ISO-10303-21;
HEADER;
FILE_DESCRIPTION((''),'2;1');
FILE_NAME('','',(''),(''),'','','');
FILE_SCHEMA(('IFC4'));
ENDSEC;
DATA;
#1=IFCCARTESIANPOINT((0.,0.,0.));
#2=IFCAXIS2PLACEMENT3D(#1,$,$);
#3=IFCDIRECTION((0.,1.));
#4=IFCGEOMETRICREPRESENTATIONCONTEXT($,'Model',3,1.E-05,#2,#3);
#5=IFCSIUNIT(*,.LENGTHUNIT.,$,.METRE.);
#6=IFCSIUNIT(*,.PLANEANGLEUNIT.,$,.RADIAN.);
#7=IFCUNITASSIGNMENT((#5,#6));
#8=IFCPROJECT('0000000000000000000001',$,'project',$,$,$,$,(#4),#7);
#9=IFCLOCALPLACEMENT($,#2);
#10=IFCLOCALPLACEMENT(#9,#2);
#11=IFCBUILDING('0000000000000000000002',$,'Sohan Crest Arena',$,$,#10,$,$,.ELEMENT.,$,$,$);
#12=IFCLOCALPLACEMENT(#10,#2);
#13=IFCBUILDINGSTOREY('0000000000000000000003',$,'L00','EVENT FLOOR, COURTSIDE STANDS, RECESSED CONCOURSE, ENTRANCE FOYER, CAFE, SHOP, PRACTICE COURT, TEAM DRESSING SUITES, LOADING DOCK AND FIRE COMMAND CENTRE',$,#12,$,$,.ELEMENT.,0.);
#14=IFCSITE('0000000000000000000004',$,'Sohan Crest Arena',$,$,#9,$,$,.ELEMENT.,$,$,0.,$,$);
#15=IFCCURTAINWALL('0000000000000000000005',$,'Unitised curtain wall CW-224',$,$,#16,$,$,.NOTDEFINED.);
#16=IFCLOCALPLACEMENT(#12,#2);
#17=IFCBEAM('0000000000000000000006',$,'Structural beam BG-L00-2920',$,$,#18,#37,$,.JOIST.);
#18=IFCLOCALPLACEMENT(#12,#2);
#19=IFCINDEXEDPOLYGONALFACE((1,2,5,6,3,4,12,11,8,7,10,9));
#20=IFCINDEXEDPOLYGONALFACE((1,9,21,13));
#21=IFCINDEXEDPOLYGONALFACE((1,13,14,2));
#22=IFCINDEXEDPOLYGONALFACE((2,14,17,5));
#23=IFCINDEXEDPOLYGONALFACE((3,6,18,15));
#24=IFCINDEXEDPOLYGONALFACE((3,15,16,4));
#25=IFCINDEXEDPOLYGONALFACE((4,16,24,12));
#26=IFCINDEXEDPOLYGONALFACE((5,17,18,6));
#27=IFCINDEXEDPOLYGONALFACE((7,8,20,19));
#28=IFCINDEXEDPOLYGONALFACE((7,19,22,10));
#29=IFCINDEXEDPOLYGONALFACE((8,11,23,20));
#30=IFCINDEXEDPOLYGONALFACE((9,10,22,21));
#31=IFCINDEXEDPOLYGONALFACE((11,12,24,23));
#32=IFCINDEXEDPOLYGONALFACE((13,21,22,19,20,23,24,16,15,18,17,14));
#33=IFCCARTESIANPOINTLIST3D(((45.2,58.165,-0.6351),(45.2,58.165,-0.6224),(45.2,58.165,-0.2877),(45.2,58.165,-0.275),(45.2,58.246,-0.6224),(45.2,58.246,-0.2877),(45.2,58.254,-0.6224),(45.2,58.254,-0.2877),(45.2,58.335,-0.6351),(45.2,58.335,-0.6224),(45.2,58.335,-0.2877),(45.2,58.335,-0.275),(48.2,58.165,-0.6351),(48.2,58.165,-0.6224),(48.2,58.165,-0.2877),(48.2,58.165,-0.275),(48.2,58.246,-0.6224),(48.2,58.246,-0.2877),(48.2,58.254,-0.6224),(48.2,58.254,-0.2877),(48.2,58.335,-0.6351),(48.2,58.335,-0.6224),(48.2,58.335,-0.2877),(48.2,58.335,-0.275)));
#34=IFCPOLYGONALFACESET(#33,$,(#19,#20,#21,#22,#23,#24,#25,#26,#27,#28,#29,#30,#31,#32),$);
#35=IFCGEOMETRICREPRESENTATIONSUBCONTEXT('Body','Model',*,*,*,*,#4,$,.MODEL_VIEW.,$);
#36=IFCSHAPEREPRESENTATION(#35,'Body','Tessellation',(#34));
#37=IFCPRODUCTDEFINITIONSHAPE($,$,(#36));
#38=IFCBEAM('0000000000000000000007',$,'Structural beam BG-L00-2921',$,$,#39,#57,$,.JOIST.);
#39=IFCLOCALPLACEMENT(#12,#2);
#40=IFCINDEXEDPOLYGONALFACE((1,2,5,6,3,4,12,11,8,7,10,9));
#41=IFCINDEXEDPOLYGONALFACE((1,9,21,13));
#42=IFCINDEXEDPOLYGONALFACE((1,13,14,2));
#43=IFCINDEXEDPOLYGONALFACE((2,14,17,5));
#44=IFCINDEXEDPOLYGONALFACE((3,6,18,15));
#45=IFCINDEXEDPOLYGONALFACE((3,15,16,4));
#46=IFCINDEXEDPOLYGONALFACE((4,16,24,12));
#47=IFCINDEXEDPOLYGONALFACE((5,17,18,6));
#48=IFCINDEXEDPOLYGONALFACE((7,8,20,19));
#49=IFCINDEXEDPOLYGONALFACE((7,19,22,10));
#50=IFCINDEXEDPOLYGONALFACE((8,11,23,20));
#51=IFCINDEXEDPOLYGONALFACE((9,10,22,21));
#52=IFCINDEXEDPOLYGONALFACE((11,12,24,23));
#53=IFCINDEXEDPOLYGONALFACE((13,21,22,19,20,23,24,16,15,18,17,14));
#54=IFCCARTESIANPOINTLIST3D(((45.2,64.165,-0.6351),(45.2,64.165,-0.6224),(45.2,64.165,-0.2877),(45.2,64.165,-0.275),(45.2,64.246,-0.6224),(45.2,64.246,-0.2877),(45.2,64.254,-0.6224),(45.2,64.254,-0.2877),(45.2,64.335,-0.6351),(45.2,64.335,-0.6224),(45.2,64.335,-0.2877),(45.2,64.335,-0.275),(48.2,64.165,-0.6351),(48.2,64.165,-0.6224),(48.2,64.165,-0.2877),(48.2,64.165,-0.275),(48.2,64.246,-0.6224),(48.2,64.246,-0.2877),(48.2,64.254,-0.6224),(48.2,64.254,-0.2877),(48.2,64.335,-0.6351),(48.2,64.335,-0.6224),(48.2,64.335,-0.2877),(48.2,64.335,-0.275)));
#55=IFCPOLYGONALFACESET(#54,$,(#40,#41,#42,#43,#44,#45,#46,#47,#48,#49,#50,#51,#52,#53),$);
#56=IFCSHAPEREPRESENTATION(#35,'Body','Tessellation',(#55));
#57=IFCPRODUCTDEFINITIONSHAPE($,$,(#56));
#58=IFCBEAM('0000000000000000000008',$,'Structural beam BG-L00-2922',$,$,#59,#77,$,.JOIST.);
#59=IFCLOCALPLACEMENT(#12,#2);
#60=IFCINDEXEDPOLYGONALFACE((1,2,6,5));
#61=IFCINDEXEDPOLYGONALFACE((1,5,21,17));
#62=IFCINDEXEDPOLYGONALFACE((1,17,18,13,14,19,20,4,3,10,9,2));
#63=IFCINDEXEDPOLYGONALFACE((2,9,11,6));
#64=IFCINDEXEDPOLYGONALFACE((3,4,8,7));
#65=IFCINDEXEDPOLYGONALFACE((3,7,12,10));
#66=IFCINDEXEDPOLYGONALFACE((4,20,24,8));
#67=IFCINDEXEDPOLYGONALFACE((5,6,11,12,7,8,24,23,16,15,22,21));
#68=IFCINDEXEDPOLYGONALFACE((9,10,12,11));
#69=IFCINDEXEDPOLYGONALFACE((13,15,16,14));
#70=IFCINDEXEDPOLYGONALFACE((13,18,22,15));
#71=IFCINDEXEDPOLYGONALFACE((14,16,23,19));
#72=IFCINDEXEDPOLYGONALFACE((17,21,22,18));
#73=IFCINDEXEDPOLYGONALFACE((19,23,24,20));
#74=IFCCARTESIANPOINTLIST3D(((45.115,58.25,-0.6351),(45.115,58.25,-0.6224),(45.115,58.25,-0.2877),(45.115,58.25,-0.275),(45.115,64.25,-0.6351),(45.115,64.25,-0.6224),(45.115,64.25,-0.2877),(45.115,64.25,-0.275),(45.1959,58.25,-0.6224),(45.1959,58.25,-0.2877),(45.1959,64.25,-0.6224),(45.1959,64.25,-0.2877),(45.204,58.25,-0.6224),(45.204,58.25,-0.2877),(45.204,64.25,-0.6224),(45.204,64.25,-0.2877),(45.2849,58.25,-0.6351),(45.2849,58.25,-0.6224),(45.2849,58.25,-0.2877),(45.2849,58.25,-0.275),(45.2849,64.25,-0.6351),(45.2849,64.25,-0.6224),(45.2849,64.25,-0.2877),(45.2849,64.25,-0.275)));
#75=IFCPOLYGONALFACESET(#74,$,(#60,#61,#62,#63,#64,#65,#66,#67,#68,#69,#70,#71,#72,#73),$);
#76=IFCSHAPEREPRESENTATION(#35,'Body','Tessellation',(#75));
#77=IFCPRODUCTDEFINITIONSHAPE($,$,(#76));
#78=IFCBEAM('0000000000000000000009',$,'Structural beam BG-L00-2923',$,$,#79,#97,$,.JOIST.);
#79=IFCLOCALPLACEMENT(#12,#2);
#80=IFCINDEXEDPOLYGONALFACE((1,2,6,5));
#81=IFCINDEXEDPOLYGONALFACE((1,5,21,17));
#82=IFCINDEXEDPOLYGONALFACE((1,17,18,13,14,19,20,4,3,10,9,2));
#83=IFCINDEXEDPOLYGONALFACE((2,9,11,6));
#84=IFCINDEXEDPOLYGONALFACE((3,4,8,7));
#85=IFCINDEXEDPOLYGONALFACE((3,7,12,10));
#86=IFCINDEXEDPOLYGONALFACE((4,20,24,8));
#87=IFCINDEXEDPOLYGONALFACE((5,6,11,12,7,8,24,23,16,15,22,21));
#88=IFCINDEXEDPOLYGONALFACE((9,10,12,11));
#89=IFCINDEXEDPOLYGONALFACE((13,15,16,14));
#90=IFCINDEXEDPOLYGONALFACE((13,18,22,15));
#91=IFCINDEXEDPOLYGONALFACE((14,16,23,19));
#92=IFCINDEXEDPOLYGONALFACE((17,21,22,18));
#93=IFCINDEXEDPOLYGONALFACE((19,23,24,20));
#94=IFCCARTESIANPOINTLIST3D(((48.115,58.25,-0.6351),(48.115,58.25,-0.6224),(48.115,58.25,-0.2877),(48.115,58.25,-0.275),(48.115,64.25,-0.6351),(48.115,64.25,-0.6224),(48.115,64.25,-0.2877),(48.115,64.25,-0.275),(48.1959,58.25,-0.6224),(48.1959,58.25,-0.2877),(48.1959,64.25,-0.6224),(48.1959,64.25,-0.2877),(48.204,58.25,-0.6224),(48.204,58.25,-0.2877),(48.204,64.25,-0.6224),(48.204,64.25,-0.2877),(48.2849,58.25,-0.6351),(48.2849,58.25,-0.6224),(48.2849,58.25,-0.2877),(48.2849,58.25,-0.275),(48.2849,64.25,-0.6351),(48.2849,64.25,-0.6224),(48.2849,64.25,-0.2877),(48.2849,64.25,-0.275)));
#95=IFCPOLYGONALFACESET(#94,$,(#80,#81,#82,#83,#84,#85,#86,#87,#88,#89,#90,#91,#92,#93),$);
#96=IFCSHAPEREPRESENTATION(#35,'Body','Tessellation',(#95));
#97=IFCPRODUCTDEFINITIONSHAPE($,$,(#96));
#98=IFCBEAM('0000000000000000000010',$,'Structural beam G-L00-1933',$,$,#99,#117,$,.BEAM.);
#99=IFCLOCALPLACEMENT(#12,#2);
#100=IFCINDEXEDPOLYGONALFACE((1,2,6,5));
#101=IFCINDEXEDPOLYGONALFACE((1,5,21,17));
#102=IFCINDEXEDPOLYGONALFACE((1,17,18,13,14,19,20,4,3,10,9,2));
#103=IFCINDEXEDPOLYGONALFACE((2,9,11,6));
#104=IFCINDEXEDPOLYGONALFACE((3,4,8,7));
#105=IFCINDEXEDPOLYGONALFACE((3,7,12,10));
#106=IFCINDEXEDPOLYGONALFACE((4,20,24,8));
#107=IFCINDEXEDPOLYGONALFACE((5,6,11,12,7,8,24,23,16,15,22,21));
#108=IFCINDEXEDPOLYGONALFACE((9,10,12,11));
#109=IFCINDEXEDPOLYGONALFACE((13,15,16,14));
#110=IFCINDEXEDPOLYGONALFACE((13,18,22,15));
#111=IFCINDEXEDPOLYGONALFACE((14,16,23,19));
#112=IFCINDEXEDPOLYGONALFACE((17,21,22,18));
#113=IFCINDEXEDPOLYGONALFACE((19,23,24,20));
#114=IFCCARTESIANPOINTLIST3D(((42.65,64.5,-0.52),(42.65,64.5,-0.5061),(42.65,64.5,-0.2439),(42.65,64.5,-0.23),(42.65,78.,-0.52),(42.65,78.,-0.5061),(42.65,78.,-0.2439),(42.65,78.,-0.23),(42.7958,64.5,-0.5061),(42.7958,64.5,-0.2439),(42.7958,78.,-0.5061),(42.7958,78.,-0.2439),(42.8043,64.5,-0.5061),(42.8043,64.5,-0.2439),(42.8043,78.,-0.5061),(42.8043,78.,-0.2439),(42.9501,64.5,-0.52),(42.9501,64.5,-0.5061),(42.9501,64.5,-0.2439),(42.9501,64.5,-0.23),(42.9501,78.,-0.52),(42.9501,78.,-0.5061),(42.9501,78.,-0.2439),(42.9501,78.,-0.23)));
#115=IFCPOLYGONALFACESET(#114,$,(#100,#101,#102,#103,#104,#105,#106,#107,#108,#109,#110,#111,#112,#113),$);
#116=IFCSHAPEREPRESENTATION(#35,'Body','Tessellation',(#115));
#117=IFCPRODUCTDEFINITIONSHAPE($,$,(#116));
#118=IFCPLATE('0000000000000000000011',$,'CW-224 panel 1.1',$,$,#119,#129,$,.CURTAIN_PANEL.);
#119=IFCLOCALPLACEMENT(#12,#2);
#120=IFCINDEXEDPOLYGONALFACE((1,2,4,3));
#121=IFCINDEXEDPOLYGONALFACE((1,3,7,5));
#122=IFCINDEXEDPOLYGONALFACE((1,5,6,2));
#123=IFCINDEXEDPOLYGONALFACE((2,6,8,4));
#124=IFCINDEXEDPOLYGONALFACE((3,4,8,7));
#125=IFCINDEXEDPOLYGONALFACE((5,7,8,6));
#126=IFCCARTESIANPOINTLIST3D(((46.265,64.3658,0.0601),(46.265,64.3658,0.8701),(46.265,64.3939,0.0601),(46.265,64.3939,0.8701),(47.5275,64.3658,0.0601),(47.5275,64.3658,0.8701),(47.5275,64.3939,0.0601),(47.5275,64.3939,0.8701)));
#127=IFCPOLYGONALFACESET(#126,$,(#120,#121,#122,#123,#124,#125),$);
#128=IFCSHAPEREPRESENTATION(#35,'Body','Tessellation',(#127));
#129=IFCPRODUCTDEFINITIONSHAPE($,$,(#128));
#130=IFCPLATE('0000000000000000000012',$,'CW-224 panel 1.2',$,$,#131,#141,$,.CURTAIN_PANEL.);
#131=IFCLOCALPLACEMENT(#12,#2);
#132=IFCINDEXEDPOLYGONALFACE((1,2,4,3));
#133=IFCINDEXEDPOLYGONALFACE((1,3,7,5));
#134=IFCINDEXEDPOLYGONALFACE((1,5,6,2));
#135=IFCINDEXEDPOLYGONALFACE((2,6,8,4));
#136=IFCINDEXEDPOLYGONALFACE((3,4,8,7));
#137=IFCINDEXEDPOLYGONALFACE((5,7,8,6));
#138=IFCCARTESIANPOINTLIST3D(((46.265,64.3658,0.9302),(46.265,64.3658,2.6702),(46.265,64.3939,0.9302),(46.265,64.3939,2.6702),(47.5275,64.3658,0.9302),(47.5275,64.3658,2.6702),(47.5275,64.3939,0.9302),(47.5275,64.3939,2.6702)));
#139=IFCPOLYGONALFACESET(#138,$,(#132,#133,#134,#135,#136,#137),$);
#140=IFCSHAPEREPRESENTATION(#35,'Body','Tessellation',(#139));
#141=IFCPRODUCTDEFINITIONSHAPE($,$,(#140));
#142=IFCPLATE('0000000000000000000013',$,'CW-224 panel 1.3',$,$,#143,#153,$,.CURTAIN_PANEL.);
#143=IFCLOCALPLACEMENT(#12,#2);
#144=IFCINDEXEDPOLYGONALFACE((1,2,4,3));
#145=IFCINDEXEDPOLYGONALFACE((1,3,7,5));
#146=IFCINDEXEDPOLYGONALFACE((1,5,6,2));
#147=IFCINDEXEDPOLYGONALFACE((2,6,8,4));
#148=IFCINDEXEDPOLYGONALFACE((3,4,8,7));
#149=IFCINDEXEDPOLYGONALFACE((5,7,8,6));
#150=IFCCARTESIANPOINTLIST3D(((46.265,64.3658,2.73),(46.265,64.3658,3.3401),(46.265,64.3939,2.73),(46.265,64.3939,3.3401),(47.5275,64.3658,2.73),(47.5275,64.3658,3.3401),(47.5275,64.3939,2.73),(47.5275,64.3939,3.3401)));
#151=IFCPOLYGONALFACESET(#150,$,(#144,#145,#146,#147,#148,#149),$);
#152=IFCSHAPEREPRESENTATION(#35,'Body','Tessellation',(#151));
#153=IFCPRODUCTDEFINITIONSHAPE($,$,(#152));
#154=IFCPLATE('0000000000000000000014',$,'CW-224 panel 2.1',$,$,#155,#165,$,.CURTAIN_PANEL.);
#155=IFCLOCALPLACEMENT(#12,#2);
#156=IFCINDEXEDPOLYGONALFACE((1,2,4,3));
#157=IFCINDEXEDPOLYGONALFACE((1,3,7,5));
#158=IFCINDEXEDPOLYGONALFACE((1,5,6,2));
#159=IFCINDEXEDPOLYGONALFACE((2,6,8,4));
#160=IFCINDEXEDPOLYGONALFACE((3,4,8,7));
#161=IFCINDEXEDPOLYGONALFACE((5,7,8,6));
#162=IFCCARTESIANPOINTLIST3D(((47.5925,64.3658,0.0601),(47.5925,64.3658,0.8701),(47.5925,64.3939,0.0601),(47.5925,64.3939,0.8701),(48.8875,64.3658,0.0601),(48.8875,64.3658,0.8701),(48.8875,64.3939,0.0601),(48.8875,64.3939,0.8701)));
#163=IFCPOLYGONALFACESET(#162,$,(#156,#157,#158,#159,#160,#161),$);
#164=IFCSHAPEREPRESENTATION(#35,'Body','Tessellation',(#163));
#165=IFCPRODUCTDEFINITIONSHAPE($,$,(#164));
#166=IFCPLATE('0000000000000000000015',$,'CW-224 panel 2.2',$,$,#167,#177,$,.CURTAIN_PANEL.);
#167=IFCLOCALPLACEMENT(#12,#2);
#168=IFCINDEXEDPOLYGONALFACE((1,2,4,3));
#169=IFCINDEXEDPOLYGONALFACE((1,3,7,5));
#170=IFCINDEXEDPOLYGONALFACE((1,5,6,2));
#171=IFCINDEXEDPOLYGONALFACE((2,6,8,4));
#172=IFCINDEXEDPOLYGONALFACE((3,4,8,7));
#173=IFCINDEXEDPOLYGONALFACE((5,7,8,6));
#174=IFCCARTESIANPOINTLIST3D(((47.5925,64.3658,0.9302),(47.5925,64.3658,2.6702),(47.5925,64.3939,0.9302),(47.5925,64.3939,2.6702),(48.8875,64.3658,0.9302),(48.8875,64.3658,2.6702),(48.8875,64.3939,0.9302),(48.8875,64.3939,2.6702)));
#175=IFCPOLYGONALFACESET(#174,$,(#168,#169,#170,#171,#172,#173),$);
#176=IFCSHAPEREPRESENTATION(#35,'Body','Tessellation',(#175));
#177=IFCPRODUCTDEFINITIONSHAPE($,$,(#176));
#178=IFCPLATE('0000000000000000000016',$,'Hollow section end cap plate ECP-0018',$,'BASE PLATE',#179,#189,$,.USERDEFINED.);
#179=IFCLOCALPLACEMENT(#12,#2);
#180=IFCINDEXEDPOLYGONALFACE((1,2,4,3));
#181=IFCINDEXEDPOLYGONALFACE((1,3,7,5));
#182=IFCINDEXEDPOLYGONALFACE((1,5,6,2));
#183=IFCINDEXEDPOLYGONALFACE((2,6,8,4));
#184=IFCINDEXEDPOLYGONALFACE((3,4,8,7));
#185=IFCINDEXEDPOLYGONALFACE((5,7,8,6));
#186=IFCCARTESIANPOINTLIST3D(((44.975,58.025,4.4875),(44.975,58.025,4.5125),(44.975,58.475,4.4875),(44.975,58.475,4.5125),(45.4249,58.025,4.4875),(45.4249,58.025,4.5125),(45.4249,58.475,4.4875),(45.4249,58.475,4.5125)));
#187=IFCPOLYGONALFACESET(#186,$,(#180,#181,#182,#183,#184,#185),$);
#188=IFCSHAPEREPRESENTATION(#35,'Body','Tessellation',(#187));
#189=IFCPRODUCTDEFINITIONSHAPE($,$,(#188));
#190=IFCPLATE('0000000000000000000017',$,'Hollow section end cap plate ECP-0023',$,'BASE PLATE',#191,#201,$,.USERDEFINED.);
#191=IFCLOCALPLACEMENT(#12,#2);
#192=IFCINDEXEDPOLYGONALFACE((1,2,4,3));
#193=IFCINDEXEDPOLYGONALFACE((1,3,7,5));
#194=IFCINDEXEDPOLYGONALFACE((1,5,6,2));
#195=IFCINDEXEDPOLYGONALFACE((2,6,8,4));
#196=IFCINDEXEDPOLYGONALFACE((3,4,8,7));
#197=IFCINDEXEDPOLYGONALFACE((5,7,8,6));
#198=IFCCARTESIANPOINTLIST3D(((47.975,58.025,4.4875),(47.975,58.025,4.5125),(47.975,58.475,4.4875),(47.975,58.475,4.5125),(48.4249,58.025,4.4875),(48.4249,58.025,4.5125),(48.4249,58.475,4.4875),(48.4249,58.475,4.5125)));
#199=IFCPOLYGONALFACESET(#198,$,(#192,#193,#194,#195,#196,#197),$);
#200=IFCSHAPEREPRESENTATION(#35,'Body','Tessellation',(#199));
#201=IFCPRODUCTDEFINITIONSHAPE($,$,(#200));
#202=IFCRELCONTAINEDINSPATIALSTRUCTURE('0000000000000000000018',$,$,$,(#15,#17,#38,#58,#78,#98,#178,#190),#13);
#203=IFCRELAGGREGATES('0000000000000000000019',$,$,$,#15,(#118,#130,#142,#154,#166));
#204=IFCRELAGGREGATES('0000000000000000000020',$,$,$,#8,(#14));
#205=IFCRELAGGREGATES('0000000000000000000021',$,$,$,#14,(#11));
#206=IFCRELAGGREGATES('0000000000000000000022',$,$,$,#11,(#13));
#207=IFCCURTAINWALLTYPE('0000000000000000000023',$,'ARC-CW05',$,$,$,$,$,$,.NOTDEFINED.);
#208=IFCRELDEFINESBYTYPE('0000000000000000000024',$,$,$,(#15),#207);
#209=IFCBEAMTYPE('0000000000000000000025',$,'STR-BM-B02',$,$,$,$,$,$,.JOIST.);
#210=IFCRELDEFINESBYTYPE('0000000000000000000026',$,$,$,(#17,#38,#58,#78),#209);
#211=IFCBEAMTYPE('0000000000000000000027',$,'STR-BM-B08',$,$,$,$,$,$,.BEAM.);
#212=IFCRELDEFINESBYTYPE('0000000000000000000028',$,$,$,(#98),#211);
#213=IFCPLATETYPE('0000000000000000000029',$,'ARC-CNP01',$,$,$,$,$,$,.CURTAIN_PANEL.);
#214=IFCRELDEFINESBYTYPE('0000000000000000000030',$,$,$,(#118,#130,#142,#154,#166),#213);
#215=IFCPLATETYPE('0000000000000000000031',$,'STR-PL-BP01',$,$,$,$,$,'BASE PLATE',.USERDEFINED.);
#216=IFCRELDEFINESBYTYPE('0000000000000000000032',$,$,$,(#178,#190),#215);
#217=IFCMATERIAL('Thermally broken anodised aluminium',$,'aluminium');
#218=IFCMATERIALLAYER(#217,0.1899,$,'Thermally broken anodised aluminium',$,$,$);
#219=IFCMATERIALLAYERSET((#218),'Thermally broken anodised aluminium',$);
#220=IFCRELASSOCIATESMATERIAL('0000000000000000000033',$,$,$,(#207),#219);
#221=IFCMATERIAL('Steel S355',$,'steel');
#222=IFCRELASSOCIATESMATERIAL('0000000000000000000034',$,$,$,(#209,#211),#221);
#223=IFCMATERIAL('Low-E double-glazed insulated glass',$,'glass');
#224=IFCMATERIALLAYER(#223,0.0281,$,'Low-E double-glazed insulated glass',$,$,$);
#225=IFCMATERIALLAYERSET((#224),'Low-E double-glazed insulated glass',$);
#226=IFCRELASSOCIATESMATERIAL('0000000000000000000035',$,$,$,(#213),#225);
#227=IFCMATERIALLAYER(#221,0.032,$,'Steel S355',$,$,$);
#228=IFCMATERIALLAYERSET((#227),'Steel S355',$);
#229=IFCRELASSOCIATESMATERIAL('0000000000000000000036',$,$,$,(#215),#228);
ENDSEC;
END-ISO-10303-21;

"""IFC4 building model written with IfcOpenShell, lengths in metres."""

from ifc_helpers import new_model, si_unit, direction, frame, origin, origin_2d, place, context, subcontext, project, spatial, rectangle, i_section, extrude, material, layer, layer_set, material_profile, profile_set, type_object, element, aggregate, save


model = new_model("IFC4")

# Units and contexts
model_context = context("Model", 3, precision=1e-05, world=origin(), true_north=direction((0.0, 1.0)))
body_context = subcontext(model_context, "Body", "Model", "MODEL_VIEW")
ifc_project = project(units=[si_unit("LENGTHUNIT", "METRE"), si_unit("PLANEANGLEUNIT", "RADIAN")], contexts=[model_context])

# Site, building, storey
site_placement = place(None, origin())
site = spatial("IfcSite", under=ifc_project, at=site_placement, Name="Sohan Crest Arena", CompositionType="ELEMENT", RefElevation=0.0)
building_placement = place(site_placement, origin())
building = spatial("IfcBuilding", under=site, at=building_placement, Name="Sohan Crest Arena", CompositionType="ELEMENT")
storey_placement = place(building_placement, origin())
storey = spatial("IfcBuildingStorey", under=building, at=storey_placement, Name="L00", Description="EVENT FLOOR, COURTSIDE STANDS, RECESSED CONCOURSE, ENTRANCE FOYER, CAFE, SHOP, PRACTICE COURT, TEAM DRESSING SUITES, LOADING DOCK AND FIRE COMMAND CENTRE", CompositionType="ELEMENT", Elevation=0.0)

# Shared definitions
ifc_material_1 = material(Name="Steel S355", Category="steel")

# Curtain wall
ifc_material_2 = material(Name="Thermally broken anodised aluminium", Category="aluminium")
ifc_layer_1 = layer(ifc_material_2, 0.1899, Name="Thermally broken anodised aluminium")
ifc_layer_set_1 = layer_set([ifc_layer_1], Name="Thermally broken anodised aluminium")
curtain_wall_type = type_object("IfcCurtainWallType", Name="ARC-CW05", PredefinedType="NOTDEFINED", material=ifc_layer_set_1)
curtain_wall_placement = place(storey_placement, origin())
curtain_wall = element("IfcCurtainWall", 1, at=curtain_wall_placement, inside=storey, type_object=curtain_wall_type, Name="Unitised curtain wall CW-224", PredefinedType="NOTDEFINED")

# Beams
ifc_material_profile_1 = material_profile(ifc_material_1, i_section(OverallWidth=0.1699, OverallDepth=0.3601, WebThickness=0.0081, FlangeThickness=0.0127, at=origin_2d()), Name="IPE 360")
ifc_profile_set_1 = profile_set([ifc_material_profile_1], Name="Steel S355")
beam_type_1 = type_object("IfcBeamType", Name="STR-BM-B02", PredefinedType="JOIST", material=ifc_profile_set_1)
for number, where, z_axis, x_axis, name in (
    (2, (45.2, 58.25, -0.4551), (1.0, 0.0, 0.0), (0.0, 1.0, 0.0), "Structural beam BG-L00-2920"),
    (3, (45.2, 64.25, -0.4551), (1.0, 0.0, 0.0), (0.0, 1.0, 0.0), "Structural beam BG-L00-2921"),
):
    element("IfcBeam", number, at=place(storey_placement, frame(where, z_axis=z_axis, x_axis=x_axis)), inside=storey, type_object=beam_type_1, Name=name, PredefinedType="JOIST", context=body_context, shape_type="SweptSolid", body=[
        extrude(i_section(OverallWidth=0.1699, OverallDepth=0.3601, WebThickness=0.0081, FlangeThickness=0.0127, at=origin_2d()), origin(), (0.0, 0.0, 1.0), 3.0),
    ])
for number, where, z_axis, x_axis, name in (
    (4, (45.2, 58.25, -0.4551), (0.0, 1.0, 0.0), (-1.0, 0.0, 0.0), "Structural beam BG-L00-2922"),
    (5, (48.2, 58.25, -0.4551), (0.0, 1.0, 0.0), (-1.0, 0.0, 0.0), "Structural beam BG-L00-2923"),
):
    element("IfcBeam", number, at=place(storey_placement, frame(where, z_axis=z_axis, x_axis=x_axis)), inside=storey, type_object=beam_type_1, Name=name, PredefinedType="JOIST", context=body_context, shape_type="SweptSolid", body=[
        extrude(i_section(OverallWidth=0.1699, OverallDepth=0.3601, WebThickness=0.0081, FlangeThickness=0.0127, at=origin_2d()), origin(), (0.0, 0.0, 1.0), 6.0),
    ])
ifc_material_profile_2 = material_profile(ifc_material_1, i_section(OverallWidth=0.3, OverallDepth=0.29, WebThickness=0.0085, FlangeThickness=0.0139, at=origin_2d()), Name="HEA 300")
ifc_profile_set_2 = profile_set([ifc_material_profile_2], Name="Steel S355")
beam_type_2 = type_object("IfcBeamType", Name="STR-BM-B08", PredefinedType="BEAM", material=ifc_profile_set_2)
beam_placement = place(storey_placement, frame((42.8, 64.5, -0.375), z_axis=(0.0, 1.0, 0.0), x_axis=(-1.0, 0.0, 0.0)))
element("IfcBeam", 6, at=beam_placement, inside=storey, type_object=beam_type_2, Name="Structural beam G-L00-1933", PredefinedType="BEAM", context=body_context, shape_type="SweptSolid", body=[
    extrude(i_section(OverallWidth=0.3, OverallDepth=0.29, WebThickness=0.0085, FlangeThickness=0.0139, at=origin_2d()), origin(), (0.0, 0.0, 1.0), 13.5),
])

# Plates
ifc_material_3 = material(Name="Low-E double-glazed insulated glass", Category="glass")
ifc_layer_2 = layer(ifc_material_3, 0.0281, Name="Low-E double-glazed insulated glass")
ifc_layer_set_2 = layer_set([ifc_layer_2], Name="Low-E double-glazed insulated glass")
plate_type_1 = type_object("IfcPlateType", Name="ARC-CNP01", PredefinedType="CURTAIN_PANEL", material=ifc_layer_set_2)
plate_1_placement = place(storey_placement, frame((46.8962, 64.3799, 0.0601), z_axis=(0.0, 0.0, 1.0), x_axis=(1.0, 0.0, 0.0)))
plate_1 = element("IfcPlate", 7, at=plate_1_placement, type_object=plate_type_1, Name="CW-224 panel 1.1", PredefinedType="CURTAIN_PANEL", context=body_context, shape_type="SweptSolid", body=[
    extrude(rectangle(XDim=1.2625, YDim=0.0281, at=origin_2d()), origin(), (0.0, 0.0, 1.0), 0.8101),
])
plate_2_placement = place(storey_placement, frame((46.8962, 64.3799, 0.9302), z_axis=(0.0, 0.0, 1.0), x_axis=(1.0, 0.0, 0.0)))
plate_2 = element("IfcPlate", 8, at=plate_2_placement, type_object=plate_type_1, Name="CW-224 panel 1.2", PredefinedType="CURTAIN_PANEL", context=body_context, shape_type="SweptSolid", body=[
    extrude(rectangle(XDim=1.2625, YDim=0.0281, at=origin_2d()), origin(), (0.0, 0.0, 1.0), 1.74),
])
plate_3_placement = place(storey_placement, frame((46.8962, 64.3799, 2.73), z_axis=(0.0, 0.0, 1.0), x_axis=(1.0, 0.0, 0.0)))
plate_3 = element("IfcPlate", 9, at=plate_3_placement, type_object=plate_type_1, Name="CW-224 panel 1.3", PredefinedType="CURTAIN_PANEL", context=body_context, shape_type="SweptSolid", body=[
    extrude(rectangle(XDim=1.2625, YDim=0.0281, at=origin_2d()), origin(), (0.0, 0.0, 1.0), 0.6101),
])
plate_4_placement = place(storey_placement, frame((48.24, 64.3799, 0.0601), z_axis=(0.0, 0.0, 1.0), x_axis=(1.0, 0.0, 0.0)))
plate_4 = element("IfcPlate", 10, at=plate_4_placement, type_object=plate_type_1, Name="CW-224 panel 2.1", PredefinedType="CURTAIN_PANEL", context=body_context, shape_type="SweptSolid", body=[
    extrude(rectangle(XDim=1.2949, YDim=0.0281, at=origin_2d()), origin(), (0.0, 0.0, 1.0), 0.8101),
])
plate_5_placement = place(storey_placement, frame((48.24, 64.3799, 0.9302), z_axis=(0.0, 0.0, 1.0), x_axis=(1.0, 0.0, 0.0)))
plate_5 = element("IfcPlate", 11, at=plate_5_placement, type_object=plate_type_1, Name="CW-224 panel 2.2", PredefinedType="CURTAIN_PANEL", context=body_context, shape_type="SweptSolid", body=[
    extrude(rectangle(XDim=1.2949, YDim=0.0281, at=origin_2d()), origin(), (0.0, 0.0, 1.0), 1.74),
])
aggregate(curtain_wall, [plate_1, plate_2, plate_3, plate_4, plate_5])

# Plates
ifc_layer_3 = layer(ifc_material_1, 0.032, Name="Steel S355")
ifc_layer_set_3 = layer_set([ifc_layer_3], Name="Steel S355")
plate_type_2 = type_object("IfcPlateType", Name="STR-PL-BP01", ElementType="BASE PLATE", PredefinedType="USERDEFINED", material=ifc_layer_set_3)
for number, where, z_axis, x_axis, name in (
    (12, (45.2, 58.25, 4.4875), (0.0, 0.0, 1.0), (1.0, 0.0, 0.0), "Hollow section end cap plate ECP-0018"),
    (13, (48.2, 58.25, 4.4875), (0.0, 0.0, 1.0), (1.0, 0.0, 0.0), "Hollow section end cap plate ECP-0023"),
):
    element("IfcPlate", number, at=place(storey_placement, frame(where, z_axis=z_axis, x_axis=x_axis)), inside=storey, type_object=plate_type_2, Name=name, ObjectType="BASE PLATE", PredefinedType="USERDEFINED", context=body_context, shape_type="SweptSolid", body=[
        extrude(rectangle(XDim=0.45, YDim=0.45, at=origin_2d()), origin(), (0.0, 0.0, 1.0), 0.0249),
    ])

save(model, "model.ifc")
